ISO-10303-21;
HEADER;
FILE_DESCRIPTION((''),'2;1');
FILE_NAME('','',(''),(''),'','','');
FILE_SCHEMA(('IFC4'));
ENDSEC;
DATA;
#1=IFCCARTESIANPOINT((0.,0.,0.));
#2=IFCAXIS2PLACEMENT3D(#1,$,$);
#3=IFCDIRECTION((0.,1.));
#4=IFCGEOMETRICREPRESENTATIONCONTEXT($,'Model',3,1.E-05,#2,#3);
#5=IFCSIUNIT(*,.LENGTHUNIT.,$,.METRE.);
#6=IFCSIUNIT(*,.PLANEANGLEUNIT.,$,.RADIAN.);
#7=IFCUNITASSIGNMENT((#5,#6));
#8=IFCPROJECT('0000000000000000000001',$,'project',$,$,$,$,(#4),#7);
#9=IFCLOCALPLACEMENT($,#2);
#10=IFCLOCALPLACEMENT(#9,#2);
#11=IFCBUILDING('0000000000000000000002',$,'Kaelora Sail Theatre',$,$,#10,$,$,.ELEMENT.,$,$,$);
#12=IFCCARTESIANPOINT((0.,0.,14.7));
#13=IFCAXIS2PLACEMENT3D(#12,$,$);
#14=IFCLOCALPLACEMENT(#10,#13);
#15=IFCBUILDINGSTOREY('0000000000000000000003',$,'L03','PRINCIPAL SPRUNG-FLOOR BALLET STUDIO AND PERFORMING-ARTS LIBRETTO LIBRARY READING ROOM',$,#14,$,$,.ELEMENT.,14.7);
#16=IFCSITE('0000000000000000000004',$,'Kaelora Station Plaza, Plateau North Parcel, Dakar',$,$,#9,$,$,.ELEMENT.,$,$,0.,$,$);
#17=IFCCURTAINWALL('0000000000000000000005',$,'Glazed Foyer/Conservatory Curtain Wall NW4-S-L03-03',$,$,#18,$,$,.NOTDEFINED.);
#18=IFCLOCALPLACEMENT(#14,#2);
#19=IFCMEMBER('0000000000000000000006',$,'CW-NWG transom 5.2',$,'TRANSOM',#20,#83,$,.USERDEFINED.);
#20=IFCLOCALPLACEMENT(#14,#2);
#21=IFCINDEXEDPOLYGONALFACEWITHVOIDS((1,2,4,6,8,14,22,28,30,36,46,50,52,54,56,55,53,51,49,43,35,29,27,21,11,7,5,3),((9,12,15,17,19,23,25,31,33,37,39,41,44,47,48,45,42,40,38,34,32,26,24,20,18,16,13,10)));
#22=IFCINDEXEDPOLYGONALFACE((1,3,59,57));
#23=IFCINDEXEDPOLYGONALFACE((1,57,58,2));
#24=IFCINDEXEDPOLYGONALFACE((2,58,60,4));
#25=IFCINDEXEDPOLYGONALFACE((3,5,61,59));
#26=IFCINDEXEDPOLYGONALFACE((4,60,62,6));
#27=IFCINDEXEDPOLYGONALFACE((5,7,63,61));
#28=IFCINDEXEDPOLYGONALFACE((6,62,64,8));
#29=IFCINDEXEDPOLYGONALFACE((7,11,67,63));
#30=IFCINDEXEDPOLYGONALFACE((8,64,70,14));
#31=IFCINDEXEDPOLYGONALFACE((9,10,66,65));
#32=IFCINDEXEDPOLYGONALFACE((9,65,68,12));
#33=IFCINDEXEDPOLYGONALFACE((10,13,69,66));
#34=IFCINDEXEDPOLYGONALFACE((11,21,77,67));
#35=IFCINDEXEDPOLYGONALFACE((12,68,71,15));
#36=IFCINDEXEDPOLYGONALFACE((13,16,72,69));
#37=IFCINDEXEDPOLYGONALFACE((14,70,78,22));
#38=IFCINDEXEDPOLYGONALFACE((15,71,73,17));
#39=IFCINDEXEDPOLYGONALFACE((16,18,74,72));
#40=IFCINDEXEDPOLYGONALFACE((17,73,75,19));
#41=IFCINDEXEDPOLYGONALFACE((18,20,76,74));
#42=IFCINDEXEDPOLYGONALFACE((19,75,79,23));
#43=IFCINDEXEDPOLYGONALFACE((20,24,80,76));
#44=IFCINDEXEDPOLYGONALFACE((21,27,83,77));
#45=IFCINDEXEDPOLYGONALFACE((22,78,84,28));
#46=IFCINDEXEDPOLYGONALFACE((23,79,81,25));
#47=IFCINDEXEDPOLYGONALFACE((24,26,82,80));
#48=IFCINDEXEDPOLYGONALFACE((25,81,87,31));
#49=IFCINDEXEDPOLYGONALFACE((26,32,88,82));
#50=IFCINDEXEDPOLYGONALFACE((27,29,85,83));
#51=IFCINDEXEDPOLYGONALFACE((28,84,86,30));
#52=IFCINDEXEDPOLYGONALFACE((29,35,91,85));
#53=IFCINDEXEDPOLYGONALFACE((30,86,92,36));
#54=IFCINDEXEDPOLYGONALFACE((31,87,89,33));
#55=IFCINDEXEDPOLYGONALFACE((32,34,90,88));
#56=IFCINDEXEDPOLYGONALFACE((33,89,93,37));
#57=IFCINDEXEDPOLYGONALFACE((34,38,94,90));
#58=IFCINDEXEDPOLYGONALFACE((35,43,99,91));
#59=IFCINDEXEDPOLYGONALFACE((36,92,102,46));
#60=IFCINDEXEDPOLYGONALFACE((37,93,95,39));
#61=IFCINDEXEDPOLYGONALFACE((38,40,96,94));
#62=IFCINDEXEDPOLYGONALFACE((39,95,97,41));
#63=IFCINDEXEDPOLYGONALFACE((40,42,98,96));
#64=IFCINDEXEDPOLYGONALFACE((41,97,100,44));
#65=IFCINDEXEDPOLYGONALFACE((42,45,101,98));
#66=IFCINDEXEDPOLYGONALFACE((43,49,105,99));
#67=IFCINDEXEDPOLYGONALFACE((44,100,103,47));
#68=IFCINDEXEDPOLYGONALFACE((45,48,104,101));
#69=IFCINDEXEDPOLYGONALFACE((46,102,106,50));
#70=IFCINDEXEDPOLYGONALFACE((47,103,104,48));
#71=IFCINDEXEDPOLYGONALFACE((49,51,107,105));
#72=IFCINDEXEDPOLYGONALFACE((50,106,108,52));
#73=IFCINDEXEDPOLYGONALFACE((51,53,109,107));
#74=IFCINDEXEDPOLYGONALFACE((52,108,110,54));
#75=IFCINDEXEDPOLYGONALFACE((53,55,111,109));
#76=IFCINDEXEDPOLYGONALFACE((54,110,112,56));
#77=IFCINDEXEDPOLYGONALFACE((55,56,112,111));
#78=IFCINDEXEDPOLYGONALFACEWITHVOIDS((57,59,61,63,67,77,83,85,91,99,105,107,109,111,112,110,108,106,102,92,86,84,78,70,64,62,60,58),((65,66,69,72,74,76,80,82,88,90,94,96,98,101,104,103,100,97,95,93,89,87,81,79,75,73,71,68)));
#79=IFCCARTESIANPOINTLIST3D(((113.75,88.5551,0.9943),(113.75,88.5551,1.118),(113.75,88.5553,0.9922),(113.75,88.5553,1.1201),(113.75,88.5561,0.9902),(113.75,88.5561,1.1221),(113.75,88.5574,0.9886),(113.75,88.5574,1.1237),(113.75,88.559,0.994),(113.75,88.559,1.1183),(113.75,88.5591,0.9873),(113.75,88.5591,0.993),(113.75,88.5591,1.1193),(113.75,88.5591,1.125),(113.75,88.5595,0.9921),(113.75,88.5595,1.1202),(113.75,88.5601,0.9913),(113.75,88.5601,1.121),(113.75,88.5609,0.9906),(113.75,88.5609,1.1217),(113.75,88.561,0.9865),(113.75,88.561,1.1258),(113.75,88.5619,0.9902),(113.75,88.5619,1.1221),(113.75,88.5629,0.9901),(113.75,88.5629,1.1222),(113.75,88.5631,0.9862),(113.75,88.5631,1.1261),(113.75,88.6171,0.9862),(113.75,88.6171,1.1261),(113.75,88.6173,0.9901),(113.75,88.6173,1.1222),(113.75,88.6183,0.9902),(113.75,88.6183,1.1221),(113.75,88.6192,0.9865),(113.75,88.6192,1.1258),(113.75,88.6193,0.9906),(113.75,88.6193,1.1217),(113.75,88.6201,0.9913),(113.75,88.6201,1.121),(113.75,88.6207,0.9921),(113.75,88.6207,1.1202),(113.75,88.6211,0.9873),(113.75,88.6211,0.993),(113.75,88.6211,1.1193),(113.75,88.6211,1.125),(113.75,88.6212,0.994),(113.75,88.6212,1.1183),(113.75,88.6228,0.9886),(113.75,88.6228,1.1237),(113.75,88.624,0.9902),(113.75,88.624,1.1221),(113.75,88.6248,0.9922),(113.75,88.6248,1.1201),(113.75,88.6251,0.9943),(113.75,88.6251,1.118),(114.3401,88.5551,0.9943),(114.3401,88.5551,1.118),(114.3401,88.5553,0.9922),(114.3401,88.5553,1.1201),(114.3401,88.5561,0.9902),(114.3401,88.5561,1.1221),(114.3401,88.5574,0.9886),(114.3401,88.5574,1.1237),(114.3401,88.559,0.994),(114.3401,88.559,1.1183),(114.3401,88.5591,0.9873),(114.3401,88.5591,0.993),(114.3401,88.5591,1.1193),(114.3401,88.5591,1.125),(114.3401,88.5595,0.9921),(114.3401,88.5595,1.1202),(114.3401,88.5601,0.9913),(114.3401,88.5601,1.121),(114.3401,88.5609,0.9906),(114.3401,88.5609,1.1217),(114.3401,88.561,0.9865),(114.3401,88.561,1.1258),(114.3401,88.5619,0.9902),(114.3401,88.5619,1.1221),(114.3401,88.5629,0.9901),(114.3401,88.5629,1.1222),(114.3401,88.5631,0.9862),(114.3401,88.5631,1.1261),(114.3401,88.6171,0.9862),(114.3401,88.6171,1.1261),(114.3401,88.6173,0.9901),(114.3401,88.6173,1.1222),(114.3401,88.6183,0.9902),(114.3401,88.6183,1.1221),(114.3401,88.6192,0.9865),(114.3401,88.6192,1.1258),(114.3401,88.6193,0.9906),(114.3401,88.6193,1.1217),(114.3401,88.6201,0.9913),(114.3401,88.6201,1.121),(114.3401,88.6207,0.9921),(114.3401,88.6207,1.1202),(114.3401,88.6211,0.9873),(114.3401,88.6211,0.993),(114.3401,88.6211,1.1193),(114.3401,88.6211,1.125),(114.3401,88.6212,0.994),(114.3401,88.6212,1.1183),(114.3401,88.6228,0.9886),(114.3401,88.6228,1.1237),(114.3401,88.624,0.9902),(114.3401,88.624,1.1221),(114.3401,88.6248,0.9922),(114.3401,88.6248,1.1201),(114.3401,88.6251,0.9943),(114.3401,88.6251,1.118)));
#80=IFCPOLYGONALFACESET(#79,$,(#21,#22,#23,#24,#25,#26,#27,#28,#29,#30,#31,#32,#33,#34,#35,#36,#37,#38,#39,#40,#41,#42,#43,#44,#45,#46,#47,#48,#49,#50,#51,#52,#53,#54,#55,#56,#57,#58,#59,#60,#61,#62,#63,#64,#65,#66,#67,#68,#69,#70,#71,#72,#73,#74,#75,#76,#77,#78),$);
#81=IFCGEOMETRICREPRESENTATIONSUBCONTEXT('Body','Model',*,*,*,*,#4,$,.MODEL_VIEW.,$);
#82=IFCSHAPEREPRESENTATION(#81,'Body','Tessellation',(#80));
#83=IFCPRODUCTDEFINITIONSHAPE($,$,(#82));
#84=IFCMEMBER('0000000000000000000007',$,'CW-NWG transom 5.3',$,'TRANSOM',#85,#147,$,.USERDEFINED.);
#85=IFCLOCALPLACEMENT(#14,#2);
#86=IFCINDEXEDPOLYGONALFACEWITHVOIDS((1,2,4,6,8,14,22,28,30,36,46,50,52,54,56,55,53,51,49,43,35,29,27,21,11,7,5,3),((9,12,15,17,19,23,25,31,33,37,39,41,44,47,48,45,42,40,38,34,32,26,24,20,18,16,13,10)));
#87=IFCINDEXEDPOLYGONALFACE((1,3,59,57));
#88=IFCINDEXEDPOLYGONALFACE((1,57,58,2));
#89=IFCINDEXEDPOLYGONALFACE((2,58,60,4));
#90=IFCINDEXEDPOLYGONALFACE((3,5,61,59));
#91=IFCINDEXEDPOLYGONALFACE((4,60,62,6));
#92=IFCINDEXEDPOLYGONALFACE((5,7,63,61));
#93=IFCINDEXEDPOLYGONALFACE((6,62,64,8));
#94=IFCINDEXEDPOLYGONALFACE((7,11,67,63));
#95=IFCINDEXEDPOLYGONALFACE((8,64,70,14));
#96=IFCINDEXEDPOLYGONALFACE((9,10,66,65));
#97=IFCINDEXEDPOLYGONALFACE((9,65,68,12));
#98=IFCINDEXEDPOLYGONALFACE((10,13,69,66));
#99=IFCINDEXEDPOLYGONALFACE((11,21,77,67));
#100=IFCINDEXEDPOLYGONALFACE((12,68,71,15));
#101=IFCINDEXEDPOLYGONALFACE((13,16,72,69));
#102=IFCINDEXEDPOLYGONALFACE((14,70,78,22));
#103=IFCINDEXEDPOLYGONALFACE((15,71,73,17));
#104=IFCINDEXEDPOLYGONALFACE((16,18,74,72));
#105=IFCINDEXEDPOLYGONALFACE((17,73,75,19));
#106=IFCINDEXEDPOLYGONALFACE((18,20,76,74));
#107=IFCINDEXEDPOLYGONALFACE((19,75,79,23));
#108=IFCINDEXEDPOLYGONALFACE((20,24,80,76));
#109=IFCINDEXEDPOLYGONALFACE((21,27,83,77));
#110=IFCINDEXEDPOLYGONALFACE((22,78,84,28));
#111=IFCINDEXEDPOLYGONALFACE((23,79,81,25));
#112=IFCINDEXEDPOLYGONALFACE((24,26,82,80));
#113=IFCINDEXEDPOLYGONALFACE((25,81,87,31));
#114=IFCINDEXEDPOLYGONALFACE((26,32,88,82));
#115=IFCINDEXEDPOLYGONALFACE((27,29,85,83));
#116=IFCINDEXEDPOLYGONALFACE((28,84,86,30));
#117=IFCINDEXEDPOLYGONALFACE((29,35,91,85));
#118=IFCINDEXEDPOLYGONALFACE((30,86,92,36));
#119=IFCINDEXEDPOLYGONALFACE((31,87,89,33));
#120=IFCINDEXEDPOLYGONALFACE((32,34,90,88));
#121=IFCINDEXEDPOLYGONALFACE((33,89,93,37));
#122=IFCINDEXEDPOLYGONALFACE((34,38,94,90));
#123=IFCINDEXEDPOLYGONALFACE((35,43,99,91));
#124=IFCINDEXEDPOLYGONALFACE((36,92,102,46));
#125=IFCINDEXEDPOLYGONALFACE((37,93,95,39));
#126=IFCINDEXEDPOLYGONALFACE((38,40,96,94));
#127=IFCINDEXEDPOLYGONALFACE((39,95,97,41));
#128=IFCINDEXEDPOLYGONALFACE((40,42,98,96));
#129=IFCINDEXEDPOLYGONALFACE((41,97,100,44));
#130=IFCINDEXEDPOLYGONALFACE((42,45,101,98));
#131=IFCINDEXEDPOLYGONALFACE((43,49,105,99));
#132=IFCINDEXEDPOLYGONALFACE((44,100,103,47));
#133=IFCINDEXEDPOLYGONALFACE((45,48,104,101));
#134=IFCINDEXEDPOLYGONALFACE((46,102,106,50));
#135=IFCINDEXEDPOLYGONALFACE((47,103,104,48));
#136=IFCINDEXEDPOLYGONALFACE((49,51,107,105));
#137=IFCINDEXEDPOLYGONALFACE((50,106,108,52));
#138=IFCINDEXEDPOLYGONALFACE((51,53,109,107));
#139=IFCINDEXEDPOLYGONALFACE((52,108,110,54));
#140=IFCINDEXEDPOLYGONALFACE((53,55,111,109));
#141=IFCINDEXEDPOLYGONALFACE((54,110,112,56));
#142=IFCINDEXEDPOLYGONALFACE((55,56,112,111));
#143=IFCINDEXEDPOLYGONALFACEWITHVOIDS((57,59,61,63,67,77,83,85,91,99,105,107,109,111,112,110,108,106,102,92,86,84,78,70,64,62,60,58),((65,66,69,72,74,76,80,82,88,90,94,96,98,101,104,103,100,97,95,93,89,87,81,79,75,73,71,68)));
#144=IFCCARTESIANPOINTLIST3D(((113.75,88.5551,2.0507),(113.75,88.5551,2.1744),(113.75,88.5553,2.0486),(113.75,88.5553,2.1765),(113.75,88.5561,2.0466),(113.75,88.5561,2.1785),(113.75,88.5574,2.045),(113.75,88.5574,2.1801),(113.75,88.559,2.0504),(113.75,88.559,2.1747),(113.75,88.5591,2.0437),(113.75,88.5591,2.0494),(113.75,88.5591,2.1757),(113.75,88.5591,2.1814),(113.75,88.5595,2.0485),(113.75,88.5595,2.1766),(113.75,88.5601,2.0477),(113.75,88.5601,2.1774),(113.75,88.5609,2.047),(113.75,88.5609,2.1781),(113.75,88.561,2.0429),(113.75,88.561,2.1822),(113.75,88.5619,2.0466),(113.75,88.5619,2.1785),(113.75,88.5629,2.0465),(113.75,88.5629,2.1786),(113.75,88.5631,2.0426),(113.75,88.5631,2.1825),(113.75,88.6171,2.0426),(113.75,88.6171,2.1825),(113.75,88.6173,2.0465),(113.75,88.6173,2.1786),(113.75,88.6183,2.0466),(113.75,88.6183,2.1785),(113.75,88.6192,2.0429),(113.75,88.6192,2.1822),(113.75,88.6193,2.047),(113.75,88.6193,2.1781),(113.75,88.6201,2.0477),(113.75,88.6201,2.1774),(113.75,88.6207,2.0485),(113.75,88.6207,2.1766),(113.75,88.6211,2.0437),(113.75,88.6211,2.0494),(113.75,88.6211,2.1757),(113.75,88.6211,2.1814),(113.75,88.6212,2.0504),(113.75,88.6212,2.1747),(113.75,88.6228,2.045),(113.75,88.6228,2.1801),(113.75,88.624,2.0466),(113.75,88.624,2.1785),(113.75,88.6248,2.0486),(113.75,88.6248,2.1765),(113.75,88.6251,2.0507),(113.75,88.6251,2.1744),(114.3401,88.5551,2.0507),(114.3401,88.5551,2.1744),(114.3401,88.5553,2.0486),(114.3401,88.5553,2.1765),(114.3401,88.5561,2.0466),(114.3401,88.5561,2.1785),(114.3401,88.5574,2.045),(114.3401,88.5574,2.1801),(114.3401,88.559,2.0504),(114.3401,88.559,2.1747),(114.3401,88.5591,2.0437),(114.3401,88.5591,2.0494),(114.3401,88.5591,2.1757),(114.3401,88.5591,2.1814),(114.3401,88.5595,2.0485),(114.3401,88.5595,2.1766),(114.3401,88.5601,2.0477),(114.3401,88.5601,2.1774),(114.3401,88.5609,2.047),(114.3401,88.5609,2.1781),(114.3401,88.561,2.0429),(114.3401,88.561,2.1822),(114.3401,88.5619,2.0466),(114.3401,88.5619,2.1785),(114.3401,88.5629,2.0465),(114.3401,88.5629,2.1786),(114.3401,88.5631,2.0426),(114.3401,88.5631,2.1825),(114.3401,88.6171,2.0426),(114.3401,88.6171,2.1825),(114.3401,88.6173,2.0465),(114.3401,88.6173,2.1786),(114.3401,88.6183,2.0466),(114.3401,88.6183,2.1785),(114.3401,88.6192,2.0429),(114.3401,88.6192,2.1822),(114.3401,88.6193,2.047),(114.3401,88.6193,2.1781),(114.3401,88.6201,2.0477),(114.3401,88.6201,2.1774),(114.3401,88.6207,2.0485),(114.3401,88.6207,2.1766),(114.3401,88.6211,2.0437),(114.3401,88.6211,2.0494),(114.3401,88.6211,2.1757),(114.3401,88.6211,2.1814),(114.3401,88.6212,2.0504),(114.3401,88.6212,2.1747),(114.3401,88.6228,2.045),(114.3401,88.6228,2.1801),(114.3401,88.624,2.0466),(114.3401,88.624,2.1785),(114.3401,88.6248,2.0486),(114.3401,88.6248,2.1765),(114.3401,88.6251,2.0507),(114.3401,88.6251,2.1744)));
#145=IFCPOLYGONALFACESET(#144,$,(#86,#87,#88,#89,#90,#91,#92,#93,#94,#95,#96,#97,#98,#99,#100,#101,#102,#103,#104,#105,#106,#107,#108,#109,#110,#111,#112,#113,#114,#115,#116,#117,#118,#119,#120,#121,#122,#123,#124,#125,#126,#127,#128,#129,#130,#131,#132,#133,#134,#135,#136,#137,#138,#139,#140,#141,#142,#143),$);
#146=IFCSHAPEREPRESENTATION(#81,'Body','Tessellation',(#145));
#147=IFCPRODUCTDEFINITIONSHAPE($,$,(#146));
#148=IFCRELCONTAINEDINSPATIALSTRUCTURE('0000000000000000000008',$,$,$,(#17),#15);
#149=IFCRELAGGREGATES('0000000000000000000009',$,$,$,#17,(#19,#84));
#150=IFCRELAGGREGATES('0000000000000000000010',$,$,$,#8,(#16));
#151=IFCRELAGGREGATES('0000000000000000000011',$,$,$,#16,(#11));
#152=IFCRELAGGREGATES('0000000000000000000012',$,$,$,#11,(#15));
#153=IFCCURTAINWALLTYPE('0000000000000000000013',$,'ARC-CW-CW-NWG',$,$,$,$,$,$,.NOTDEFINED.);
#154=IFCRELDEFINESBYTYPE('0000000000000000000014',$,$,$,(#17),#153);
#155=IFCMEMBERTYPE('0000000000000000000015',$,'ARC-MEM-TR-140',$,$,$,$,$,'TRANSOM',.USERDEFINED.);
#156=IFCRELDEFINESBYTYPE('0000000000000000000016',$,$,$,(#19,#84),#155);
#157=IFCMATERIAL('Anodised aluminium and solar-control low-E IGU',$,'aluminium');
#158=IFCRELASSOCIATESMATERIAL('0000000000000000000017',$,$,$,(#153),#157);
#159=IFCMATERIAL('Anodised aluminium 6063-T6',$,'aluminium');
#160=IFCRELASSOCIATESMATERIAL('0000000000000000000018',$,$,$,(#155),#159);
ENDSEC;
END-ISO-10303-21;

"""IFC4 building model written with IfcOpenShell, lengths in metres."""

from ifc_helpers import new_model, si_unit, direction, frame, origin, origin_2d, place, context, subcontext, project, spatial, hollow_rectangle, extrude, material, material_profile, profile_set, type_object, element, aggregate, save


model = new_model("IFC4")

# Units and contexts
model_context = context("Model", 3, precision=1e-05, world=origin(), true_north=direction((0.0, 1.0)))
body_context = subcontext(model_context, "Body", "Model", "MODEL_VIEW")
ifc_project = project(units=[si_unit("LENGTHUNIT", "METRE"), si_unit("PLANEANGLEUNIT", "RADIAN")], contexts=[model_context])

# Site, building, storey
site_placement = place(None, origin())
site = spatial("IfcSite", under=ifc_project, at=site_placement, Name="Kaelora Station Plaza, Plateau North Parcel, Dakar", CompositionType="ELEMENT", RefElevation=0.0)
building_placement = place(site_placement, origin())
building = spatial("IfcBuilding", under=site, at=building_placement, Name="Kaelora Sail Theatre", CompositionType="ELEMENT")
storey_placement = place(building_placement, frame((0.0, 0.0, 14.7)))
storey = spatial("IfcBuildingStorey", under=building, at=storey_placement, Name="L03", Description="PRINCIPAL SPRUNG-FLOOR BALLET STUDIO AND PERFORMING-ARTS LIBRETTO LIBRARY READING ROOM", CompositionType="ELEMENT", Elevation=14.7)

# Curtain wall
ifc_material_1 = material(Name="Anodised aluminium and solar-control low-E IGU", Category="aluminium")
curtain_wall_type = type_object("IfcCurtainWallType", Name="ARC-CW-CW-NWG", PredefinedType="NOTDEFINED", material=ifc_material_1)
curtain_wall_1_placement = place(storey_placement, origin())
curtain_wall_1 = element("IfcCurtainWall", 1, at=curtain_wall_1_placement, inside=storey, type_object=curtain_wall_type, Name="Glazed Foyer/Conservatory Curtain Wall NW4-S-L03-03", PredefinedType="NOTDEFINED")

# Members
ifc_material_2 = material(Name="Anodised aluminium 6063-T6", Category="aluminium")
ifc_material_profile_1 = material_profile(ifc_material_2, hollow_rectangle(XDim=0.0701, YDim=0.1399, WallThickness=0.0039, InnerFilletRadius=0.0039, OuterFilletRadius=0.0081, at=origin_2d()), Name="ALU-TRAN 70x140x4")
ifc_profile_set_1 = profile_set([ifc_material_profile_1], Name="Anodised aluminium 6063-T6")
member_type_1 = type_object("IfcMemberType", Name="ARC-MEM-TR-140", ElementType="TRANSOM", PredefinedType="USERDEFINED", material=ifc_profile_set_1)
member_1_placement = place(storey_placement, frame((113.75, 88.5901, 1.0562), z_axis=(1.0, 0.0, 0.0), x_axis=(0.0, 1.0, 0.0)))
member_1 = element("IfcMember", 2, at=member_1_placement, type_object=member_type_1, Name="CW-NWG transom 5.2", ObjectType="TRANSOM", PredefinedType="USERDEFINED", context=body_context, shape_type="SweptSolid", body=[
    extrude(hollow_rectangle(XDim=0.0701, YDim=0.1399, WallThickness=0.0039, InnerFilletRadius=0.0039, OuterFilletRadius=0.0081, at=origin_2d()), origin(), (0.0, 0.0, 1.0), 0.5901),
])
member_2_placement = place(storey_placement, frame((113.75, 88.5901, 2.1125), z_axis=(1.0, 0.0, 0.0), x_axis=(0.0, 1.0, 0.0)))
member_2 = element("IfcMember", 3, at=member_2_placement, type_object=member_type_1, Name="CW-NWG transom 5.3", ObjectType="TRANSOM", PredefinedType="USERDEFINED", context=body_context, shape_type="SweptSolid", body=[
    extrude(hollow_rectangle(XDim=0.0701, YDim=0.1399, WallThickness=0.0039, InnerFilletRadius=0.0039, OuterFilletRadius=0.0081, at=origin_2d()), origin(), (0.0, 0.0, 1.0), 0.5901),
])

aggregate(curtain_wall_1, [member_1, member_2])

save(model, "model.ifc")
